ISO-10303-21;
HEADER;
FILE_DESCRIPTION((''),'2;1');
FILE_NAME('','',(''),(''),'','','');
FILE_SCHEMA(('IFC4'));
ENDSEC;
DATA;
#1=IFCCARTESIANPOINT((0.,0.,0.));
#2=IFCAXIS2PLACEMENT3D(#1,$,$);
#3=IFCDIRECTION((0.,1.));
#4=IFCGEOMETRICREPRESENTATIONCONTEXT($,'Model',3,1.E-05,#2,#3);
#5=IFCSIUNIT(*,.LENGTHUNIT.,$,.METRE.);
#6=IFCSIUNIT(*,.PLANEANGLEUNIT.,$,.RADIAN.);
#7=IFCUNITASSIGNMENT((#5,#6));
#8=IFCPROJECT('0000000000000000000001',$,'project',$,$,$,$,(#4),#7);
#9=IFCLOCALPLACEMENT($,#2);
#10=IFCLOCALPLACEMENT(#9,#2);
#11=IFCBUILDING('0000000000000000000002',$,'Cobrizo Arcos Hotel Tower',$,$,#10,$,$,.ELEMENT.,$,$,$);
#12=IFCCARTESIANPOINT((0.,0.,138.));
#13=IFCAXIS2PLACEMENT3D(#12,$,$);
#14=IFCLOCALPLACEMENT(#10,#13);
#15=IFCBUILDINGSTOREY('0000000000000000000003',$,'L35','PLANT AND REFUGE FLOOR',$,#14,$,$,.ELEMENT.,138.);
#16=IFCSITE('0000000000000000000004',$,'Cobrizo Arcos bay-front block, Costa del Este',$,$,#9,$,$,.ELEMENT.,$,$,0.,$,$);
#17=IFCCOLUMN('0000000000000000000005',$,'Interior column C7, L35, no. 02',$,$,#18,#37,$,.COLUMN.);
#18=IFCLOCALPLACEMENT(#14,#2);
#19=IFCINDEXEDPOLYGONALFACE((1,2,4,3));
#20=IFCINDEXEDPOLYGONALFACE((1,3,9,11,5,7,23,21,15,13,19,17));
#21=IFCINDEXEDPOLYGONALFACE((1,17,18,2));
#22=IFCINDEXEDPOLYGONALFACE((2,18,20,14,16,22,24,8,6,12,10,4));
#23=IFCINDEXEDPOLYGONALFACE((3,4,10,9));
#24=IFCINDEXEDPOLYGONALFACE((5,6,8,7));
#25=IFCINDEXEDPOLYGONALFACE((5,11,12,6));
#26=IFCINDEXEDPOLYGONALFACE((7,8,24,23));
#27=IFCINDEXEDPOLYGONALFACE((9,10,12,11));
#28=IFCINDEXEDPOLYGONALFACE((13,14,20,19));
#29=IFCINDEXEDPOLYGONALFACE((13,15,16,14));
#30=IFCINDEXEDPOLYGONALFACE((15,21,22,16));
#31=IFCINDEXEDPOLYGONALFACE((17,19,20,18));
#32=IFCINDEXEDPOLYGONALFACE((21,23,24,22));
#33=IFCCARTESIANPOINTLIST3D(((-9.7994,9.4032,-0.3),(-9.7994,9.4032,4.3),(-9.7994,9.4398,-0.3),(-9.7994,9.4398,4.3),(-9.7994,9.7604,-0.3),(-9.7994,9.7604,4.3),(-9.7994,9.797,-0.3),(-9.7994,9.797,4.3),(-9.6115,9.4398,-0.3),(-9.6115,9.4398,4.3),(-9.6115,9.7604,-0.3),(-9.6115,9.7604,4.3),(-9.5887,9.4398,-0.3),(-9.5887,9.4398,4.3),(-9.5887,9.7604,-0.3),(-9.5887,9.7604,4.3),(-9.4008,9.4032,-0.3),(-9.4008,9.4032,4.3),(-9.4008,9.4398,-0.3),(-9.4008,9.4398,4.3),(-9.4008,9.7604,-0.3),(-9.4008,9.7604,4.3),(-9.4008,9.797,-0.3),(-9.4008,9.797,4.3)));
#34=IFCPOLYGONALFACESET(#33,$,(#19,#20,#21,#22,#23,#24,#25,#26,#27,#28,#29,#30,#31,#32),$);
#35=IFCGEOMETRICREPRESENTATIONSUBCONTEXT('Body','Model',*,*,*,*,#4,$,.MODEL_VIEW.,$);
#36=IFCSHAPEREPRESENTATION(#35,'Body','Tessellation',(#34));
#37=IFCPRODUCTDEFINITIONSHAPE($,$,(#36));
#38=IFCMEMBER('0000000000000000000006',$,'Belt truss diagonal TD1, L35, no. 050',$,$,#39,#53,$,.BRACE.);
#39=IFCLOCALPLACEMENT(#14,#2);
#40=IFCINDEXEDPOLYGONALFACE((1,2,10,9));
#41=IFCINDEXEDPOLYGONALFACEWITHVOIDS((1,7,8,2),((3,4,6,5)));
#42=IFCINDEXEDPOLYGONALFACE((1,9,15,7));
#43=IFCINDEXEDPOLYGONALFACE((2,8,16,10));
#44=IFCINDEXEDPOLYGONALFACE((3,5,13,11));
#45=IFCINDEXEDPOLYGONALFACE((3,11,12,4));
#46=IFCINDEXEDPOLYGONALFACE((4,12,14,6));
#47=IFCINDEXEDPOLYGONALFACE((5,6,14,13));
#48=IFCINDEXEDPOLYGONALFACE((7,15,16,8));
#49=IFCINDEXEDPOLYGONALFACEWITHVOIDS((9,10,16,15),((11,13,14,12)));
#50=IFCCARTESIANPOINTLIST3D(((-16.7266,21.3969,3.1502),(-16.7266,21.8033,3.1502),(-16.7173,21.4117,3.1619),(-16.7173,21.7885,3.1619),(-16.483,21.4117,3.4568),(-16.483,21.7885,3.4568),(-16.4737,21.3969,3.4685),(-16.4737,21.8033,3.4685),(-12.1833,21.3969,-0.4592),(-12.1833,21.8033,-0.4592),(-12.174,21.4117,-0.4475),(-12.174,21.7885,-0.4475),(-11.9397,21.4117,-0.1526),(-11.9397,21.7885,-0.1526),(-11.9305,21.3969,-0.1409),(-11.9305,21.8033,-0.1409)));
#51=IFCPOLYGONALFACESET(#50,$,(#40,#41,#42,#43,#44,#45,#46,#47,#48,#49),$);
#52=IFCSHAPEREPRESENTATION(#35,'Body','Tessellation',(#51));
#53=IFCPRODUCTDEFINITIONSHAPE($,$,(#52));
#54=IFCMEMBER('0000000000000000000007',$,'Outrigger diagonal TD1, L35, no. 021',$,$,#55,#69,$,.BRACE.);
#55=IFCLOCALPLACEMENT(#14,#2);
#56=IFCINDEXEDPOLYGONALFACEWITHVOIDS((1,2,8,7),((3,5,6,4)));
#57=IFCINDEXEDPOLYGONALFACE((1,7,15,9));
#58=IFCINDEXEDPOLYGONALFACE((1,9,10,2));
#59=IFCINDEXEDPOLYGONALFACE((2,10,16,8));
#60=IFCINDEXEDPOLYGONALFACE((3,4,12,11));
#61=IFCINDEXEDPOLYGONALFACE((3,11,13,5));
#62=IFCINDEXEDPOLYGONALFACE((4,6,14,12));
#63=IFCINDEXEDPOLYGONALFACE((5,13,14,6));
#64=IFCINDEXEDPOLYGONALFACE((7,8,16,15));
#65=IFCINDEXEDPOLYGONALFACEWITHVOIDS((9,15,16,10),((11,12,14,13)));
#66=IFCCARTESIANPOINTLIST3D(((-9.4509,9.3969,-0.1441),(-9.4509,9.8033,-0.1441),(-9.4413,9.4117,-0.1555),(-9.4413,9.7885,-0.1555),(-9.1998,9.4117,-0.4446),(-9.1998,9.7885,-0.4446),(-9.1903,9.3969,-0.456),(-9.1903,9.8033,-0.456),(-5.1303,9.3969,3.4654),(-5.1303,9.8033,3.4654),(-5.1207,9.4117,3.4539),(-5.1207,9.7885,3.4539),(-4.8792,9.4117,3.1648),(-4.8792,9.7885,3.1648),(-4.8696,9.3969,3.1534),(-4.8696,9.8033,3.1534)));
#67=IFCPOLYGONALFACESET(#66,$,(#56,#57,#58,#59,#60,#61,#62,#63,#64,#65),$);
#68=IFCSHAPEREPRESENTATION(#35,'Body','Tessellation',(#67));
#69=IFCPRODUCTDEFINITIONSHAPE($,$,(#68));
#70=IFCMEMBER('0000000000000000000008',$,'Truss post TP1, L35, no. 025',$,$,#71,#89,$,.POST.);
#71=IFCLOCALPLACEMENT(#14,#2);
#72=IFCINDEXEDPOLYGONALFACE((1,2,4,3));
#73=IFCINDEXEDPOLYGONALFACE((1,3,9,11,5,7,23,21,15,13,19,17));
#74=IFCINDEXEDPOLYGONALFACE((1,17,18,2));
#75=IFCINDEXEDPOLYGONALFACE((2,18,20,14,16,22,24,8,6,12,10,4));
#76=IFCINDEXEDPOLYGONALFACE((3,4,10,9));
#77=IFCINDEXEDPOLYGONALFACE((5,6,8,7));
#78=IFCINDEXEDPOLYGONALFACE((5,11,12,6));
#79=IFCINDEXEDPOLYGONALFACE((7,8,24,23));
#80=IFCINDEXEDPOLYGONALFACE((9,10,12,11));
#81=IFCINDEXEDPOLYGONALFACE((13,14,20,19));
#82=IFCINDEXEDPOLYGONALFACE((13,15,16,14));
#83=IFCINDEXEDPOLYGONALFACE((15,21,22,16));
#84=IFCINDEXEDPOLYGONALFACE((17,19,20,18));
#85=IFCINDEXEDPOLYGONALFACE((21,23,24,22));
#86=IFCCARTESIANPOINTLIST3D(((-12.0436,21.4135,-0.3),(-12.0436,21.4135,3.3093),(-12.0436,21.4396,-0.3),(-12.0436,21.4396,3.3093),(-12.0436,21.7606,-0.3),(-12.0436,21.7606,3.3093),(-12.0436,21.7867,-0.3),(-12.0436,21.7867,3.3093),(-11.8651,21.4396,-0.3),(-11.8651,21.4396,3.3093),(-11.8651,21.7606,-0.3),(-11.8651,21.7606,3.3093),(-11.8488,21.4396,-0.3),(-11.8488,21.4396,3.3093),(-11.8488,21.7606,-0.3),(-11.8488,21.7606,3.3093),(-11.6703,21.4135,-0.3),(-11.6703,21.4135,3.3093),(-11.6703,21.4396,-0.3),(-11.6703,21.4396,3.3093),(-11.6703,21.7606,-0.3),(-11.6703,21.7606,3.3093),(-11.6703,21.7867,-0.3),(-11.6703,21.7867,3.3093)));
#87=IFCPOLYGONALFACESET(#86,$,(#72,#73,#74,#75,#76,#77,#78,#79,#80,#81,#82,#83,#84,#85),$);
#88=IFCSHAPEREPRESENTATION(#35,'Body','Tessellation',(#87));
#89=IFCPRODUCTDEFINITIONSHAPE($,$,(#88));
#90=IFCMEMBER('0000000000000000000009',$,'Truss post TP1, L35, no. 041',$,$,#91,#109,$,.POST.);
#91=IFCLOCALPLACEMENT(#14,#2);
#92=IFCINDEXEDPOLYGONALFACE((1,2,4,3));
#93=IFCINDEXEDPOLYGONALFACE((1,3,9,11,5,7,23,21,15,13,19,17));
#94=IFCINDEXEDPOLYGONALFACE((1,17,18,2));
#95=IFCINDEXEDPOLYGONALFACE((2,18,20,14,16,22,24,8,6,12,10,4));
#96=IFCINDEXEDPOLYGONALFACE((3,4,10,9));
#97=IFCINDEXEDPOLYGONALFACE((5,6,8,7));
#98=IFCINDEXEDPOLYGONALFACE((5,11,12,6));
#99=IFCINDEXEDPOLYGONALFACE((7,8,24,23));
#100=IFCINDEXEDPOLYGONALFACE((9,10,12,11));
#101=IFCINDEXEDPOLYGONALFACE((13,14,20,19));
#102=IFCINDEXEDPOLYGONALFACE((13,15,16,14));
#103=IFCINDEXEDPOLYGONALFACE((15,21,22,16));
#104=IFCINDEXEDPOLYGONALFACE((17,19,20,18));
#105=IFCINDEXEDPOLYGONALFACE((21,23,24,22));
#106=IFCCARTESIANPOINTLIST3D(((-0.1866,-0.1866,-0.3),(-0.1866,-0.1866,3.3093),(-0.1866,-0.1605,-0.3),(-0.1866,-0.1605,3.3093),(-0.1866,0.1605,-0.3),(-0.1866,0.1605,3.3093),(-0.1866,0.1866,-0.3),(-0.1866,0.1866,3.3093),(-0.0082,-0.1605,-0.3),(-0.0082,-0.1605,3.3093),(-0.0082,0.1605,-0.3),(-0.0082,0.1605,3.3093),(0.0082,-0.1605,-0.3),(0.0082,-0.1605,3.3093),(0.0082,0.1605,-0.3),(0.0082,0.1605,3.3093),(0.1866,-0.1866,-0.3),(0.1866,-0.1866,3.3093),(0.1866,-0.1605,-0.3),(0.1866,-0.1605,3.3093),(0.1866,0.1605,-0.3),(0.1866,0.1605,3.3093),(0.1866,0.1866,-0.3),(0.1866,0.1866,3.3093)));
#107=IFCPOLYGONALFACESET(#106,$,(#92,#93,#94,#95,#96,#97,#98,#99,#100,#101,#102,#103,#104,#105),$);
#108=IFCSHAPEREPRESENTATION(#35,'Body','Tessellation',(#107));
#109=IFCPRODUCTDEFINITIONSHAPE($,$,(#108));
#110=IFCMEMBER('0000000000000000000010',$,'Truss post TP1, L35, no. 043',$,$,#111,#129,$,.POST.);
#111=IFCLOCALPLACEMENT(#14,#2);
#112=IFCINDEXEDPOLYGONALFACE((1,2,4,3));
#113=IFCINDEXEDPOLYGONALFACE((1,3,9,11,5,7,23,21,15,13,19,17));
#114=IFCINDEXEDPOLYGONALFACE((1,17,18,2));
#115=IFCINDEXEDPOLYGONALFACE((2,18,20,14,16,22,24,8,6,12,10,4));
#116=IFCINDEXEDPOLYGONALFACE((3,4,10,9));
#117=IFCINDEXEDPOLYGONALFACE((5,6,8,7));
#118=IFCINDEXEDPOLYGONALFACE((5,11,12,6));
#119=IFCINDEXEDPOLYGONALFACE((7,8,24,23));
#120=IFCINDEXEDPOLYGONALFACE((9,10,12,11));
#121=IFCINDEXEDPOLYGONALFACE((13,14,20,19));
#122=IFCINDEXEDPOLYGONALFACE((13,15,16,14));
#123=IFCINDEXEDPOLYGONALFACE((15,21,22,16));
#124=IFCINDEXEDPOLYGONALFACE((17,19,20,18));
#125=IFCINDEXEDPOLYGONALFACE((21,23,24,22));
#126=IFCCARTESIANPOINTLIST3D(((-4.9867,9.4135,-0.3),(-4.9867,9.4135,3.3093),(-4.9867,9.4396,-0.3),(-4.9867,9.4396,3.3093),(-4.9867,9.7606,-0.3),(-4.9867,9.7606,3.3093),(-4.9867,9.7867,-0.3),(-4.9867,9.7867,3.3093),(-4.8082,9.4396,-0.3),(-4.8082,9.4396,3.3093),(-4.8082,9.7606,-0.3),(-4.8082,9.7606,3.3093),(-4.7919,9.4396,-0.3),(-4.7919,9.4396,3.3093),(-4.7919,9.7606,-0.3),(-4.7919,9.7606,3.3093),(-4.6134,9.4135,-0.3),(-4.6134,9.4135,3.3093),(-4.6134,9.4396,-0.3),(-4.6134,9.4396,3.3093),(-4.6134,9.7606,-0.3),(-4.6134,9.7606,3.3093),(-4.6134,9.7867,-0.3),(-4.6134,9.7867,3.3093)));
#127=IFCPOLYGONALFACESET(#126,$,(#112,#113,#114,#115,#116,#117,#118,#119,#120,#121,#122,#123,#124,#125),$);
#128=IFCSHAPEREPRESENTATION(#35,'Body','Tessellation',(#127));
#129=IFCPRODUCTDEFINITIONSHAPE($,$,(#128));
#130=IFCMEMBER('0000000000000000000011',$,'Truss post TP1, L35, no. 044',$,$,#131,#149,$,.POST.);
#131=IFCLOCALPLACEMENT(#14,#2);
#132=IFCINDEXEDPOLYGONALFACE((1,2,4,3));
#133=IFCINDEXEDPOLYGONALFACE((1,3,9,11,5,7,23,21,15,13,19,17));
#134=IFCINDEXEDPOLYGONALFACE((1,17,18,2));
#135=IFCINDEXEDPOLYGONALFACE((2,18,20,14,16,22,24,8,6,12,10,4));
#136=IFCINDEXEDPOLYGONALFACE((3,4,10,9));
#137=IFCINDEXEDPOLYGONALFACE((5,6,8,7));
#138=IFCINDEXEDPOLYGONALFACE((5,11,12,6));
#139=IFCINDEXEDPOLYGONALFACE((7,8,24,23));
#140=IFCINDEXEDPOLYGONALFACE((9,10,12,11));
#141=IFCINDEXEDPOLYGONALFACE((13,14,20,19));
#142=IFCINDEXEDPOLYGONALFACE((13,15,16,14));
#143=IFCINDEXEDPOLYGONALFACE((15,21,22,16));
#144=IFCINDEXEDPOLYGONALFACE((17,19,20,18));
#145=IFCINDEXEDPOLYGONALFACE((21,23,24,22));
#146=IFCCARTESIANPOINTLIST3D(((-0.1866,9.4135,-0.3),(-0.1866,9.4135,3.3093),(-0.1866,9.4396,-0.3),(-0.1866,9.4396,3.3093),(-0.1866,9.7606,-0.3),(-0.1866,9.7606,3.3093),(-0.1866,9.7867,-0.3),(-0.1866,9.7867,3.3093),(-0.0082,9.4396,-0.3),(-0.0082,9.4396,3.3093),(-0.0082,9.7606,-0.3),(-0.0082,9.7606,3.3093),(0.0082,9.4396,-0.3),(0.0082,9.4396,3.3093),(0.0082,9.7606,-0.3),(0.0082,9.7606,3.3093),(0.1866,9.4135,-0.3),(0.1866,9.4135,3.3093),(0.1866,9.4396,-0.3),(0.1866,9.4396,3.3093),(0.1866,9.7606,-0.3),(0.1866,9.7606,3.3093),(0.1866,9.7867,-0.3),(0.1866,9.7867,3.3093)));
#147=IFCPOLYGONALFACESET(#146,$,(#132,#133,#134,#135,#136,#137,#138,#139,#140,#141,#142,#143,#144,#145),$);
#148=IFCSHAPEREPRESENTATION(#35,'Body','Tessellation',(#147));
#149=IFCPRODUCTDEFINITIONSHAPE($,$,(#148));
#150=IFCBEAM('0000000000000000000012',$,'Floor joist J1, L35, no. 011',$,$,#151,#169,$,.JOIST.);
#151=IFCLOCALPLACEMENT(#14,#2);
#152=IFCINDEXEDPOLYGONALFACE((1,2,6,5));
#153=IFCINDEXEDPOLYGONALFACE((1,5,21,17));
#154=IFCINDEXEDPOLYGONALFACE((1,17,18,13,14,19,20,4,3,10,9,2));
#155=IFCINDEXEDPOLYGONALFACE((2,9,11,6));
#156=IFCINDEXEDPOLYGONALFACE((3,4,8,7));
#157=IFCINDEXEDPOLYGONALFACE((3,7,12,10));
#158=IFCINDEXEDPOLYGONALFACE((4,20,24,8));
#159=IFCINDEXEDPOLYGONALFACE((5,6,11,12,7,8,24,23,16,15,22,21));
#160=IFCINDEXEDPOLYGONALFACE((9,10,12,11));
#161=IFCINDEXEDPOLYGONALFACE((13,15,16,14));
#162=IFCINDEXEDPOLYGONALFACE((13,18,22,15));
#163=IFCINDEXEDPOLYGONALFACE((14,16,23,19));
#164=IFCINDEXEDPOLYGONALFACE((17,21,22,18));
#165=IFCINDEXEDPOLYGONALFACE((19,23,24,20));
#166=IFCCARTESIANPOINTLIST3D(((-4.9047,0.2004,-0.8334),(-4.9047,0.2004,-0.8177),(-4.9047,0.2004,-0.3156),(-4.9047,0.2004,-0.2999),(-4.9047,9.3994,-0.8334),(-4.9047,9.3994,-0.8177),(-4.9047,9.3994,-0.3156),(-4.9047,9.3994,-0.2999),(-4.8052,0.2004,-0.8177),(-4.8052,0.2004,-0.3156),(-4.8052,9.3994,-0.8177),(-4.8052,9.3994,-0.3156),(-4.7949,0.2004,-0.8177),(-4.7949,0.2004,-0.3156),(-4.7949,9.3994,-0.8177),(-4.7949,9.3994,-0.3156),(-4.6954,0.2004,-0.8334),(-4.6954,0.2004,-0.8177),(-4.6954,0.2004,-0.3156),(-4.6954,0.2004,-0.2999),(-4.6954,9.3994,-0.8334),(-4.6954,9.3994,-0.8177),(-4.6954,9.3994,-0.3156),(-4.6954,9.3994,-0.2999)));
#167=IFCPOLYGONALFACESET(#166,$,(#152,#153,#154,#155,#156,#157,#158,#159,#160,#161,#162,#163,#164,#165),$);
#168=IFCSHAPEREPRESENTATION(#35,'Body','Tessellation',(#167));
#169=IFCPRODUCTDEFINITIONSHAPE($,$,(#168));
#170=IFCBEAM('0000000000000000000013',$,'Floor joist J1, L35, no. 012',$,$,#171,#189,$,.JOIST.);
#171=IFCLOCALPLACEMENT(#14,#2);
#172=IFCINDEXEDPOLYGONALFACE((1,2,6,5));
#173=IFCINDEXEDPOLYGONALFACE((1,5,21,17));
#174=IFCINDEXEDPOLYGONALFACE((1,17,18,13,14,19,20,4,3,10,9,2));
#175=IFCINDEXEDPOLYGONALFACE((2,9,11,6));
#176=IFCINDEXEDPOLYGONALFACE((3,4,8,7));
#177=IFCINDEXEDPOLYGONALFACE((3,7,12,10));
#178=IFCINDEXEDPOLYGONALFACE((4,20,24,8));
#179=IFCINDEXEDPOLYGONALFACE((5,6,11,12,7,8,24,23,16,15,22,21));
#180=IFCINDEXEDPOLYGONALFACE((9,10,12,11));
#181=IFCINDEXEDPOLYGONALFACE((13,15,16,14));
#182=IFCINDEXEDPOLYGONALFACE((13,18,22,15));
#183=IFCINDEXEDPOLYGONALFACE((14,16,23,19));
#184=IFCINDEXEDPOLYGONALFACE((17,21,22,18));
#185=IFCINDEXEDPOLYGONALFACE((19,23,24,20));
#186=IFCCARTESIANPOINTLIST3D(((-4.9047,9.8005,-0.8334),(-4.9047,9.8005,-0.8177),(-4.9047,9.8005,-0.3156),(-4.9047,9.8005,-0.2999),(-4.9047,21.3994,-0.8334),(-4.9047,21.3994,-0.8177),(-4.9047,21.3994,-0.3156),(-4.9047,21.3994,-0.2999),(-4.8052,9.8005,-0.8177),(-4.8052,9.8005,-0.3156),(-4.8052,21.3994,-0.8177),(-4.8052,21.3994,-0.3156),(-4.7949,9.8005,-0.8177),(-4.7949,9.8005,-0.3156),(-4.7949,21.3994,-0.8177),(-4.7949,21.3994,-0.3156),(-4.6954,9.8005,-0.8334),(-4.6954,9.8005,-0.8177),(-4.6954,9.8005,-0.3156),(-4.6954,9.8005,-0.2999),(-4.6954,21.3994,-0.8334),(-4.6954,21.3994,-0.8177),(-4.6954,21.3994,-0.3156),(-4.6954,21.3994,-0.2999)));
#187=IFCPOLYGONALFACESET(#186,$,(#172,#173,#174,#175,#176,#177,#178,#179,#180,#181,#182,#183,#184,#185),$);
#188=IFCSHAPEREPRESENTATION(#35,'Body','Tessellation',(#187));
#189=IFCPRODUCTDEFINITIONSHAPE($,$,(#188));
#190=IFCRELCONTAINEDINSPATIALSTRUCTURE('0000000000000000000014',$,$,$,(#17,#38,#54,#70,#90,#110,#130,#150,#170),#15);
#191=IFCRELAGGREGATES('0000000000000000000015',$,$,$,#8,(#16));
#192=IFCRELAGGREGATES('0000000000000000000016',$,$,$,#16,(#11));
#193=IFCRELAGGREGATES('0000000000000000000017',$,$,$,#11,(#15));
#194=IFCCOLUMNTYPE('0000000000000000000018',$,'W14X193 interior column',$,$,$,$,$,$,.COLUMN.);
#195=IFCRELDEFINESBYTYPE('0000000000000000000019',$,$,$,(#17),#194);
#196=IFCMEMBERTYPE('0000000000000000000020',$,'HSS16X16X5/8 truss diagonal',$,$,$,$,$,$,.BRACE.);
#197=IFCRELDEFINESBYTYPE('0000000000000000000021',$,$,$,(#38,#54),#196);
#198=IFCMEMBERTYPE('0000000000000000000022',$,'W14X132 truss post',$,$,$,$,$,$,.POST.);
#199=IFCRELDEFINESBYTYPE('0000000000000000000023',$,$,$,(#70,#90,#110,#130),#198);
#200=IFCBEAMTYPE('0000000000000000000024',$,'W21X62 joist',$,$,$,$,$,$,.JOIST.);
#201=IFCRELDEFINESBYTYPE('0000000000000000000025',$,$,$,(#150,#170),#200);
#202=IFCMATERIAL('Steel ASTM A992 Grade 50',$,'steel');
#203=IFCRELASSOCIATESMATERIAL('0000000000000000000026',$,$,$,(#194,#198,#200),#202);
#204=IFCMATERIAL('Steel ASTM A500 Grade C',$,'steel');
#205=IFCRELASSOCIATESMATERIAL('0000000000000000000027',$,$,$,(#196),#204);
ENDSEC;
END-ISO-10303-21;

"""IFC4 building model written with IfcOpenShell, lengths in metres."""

from ifc_helpers import new_model, si_unit, direction, frame, origin, origin_2d, place, context, subcontext, project, spatial, hollow_rectangle, i_section, extrude, material, material_profile, profile_set, type_object, element, save


model = new_model("IFC4")

# Units and contexts
model_context = context("Model", 3, precision=1e-05, world=origin(), true_north=direction((0.0, 1.0)))
body_context = subcontext(model_context, "Body", "Model", "MODEL_VIEW")
ifc_project = project(units=[si_unit("LENGTHUNIT", "METRE"), si_unit("PLANEANGLEUNIT", "RADIAN")], contexts=[model_context])

# Site, building, storey
site_placement = place(None, origin())
site = spatial("IfcSite", under=ifc_project, at=site_placement, Name="Cobrizo Arcos bay-front block, Costa del Este", CompositionType="ELEMENT", RefElevation=0.0)
building_placement = place(site_placement, origin())
building = spatial("IfcBuilding", under=site, at=building_placement, Name="Cobrizo Arcos Hotel Tower", CompositionType="ELEMENT")
storey_placement = place(building_placement, frame((0.0, 0.0, 138.0)))
storey = spatial("IfcBuildingStorey", under=building, at=storey_placement, Name="L35", Description="PLANT AND REFUGE FLOOR", CompositionType="ELEMENT", Elevation=138.0)

# Column
ifc_material_1 = material(Name="Steel ASTM A992 Grade 50", Category="steel")
ifc_material_profile_1 = material_profile(ifc_material_1, i_section(OverallWidth=0.3987, OverallDepth=0.3938, WebThickness=0.0227, FlangeThickness=0.0366, at=origin_2d()), Name="W14X193")
ifc_profile_set_1 = profile_set([ifc_material_profile_1], Name="Steel ASTM A992 Grade 50")
column_type = type_object("IfcColumnType", Name="W14X193 interior column", PredefinedType="COLUMN", material=ifc_profile_set_1)
column_placement = place(storey_placement, frame((-9.6001, 9.6001, -0.3), z_axis=(0.0, 0.0, 1.0), x_axis=(1.0, 0.0, 0.0)))
element("IfcColumn", 1, at=column_placement, inside=storey, type_object=column_type, Name="Interior column C7, L35, no. 02", PredefinedType="COLUMN", context=body_context, shape_type="SweptSolid", body=[
    extrude(i_section(OverallWidth=0.3987, OverallDepth=0.3938, WebThickness=0.0227, FlangeThickness=0.0366, at=origin_2d()), origin(), (0.0, 0.0, 1.0), 4.6001),
])

# Members
ifc_material_2 = material(Name="Steel ASTM A500 Grade C", Category="steel")
ifc_material_profile_2 = material_profile(ifc_material_2, hollow_rectangle(XDim=0.4065, YDim=0.4065, WallThickness=0.0149, at=origin_2d()), Name="HSS16X16X5/8")
ifc_profile_set_2 = profile_set([ifc_material_profile_2], Name="Steel ASTM A500 Grade C")
member_type_1 = type_object("IfcMemberType", Name="HSS16X16X5/8 truss diagonal", PredefinedType="BRACE", material=ifc_profile_set_2)
member_1_placement = place(storey_placement, frame((-12.0569, 21.6001, -0.3), z_axis=(-0.782982, 0.0, 0.622044), x_axis=(0.0, -1.0, 0.0)))
element("IfcMember", 2, at=member_1_placement, inside=storey, type_object=member_type_1, Name="Belt truss diagonal TD1, L35, no. 050", PredefinedType="BRACE", context=body_context, shape_type="SweptSolid", body=[
    extrude(hollow_rectangle(XDim=0.4065, YDim=0.4065, WallThickness=0.0149, at=origin_2d()), origin(), (0.0, 0.0, 1.0), 5.8025),
])
member_2_placement = place(storey_placement, frame((-9.3206, 9.6001, -0.3), z_axis=(0.767442, 0.0, 0.641118), x_axis=(0.0, 1.0, 0.0)))
element("IfcMember", 3, at=member_2_placement, inside=storey, type_object=member_type_1, Name="Outrigger diagonal TD1, L35, no. 021", PredefinedType="BRACE", context=body_context, shape_type="SweptSolid", body=[
    extrude(hollow_rectangle(XDim=0.4065, YDim=0.4065, WallThickness=0.0149, at=origin_2d()), origin(), (0.0, 0.0, 1.0), 5.6299),
])
ifc_material_profile_3 = material_profile(ifc_material_1, i_section(OverallWidth=0.3733, OverallDepth=0.3733, WebThickness=0.0164, FlangeThickness=0.0261, at=origin_2d()), Name="W14X132")
ifc_profile_set_3 = profile_set([ifc_material_profile_3], Name="Steel ASTM A992 Grade 50")
member_type_2 = type_object("IfcMemberType", Name="W14X132 truss post", PredefinedType="POST", material=ifc_profile_set_3)
for number, where, z_axis, x_axis, name in (
    (4, (-11.8569, 21.6001, -0.3), (0.0, 0.0, 1.0), (1.0, 0.0, 0.0), "Truss post TP1, L35, no. 025"),
    (5, (0.0, 0.0, -0.3), (0.0, 0.0, 1.0), (1.0, 0.0, 0.0), "Truss post TP1, L35, no. 041"),
    (6, (-4.8, 9.6001, -0.3), (0.0, 0.0, 1.0), (1.0, 0.0, 0.0), "Truss post TP1, L35, no. 043"),
    (7, (0.0, 9.6001, -0.3), (0.0, 0.0, 1.0), (1.0, 0.0, 0.0), "Truss post TP1, L35, no. 044"),
):
    element("IfcMember", number, at=place(storey_placement, frame(where, z_axis=z_axis, x_axis=x_axis)), inside=storey, type_object=member_type_2, Name=name, PredefinedType="POST", context=body_context, shape_type="SweptSolid", body=[
        extrude(i_section(OverallWidth=0.3733, OverallDepth=0.3733, WebThickness=0.0164, FlangeThickness=0.0261, at=origin_2d()), origin(), (0.0, 0.0, 1.0), 3.6094),
    ])

# Beams
ifc_material_profile_4 = material_profile(ifc_material_1, i_section(OverallWidth=0.2092, OverallDepth=0.5334, WebThickness=0.0103, FlangeThickness=0.0156, at=origin_2d()), Name="W21X62")
ifc_profile_set_4 = profile_set([ifc_material_profile_4], Name="Steel ASTM A992 Grade 50")
beam_type_1 = type_object("IfcBeamType", Name="W21X62 joist", PredefinedType="JOIST", material=ifc_profile_set_4)
beam_1_placement = place(storey_placement, frame((-4.8, 0.2004, -0.5667), z_axis=(0.0, 1.0, 0.0), x_axis=(-1.0, 0.0, 0.0)))
element("IfcBeam", 8, at=beam_1_placement, inside=storey, type_object=beam_type_1, Name="Floor joist J1, L35, no. 011", PredefinedType="JOIST", context=body_context, shape_type="SweptSolid", body=[
    extrude(i_section(OverallWidth=0.2092, OverallDepth=0.5334, WebThickness=0.0103, FlangeThickness=0.0156, at=origin_2d()), origin(), (0.0, 0.0, 1.0), 9.199),
])
beam_2_placement = place(storey_placement, frame((-4.8, 9.8005, -0.5667), z_axis=(0.0, 1.0, 0.0), x_axis=(-1.0, 0.0, 0.0)))
element("IfcBeam", 9, at=beam_2_placement, inside=storey, type_object=beam_type_1, Name="Floor joist J1, L35, no. 012", PredefinedType="JOIST", context=body_context, shape_type="SweptSolid", body=[
    extrude(i_section(OverallWidth=0.2092, OverallDepth=0.5334, WebThickness=0.0103, FlangeThickness=0.0156, at=origin_2d()), origin(), (0.0, 0.0, 1.0), 11.5989),
])

save(model, "model.ifc")
